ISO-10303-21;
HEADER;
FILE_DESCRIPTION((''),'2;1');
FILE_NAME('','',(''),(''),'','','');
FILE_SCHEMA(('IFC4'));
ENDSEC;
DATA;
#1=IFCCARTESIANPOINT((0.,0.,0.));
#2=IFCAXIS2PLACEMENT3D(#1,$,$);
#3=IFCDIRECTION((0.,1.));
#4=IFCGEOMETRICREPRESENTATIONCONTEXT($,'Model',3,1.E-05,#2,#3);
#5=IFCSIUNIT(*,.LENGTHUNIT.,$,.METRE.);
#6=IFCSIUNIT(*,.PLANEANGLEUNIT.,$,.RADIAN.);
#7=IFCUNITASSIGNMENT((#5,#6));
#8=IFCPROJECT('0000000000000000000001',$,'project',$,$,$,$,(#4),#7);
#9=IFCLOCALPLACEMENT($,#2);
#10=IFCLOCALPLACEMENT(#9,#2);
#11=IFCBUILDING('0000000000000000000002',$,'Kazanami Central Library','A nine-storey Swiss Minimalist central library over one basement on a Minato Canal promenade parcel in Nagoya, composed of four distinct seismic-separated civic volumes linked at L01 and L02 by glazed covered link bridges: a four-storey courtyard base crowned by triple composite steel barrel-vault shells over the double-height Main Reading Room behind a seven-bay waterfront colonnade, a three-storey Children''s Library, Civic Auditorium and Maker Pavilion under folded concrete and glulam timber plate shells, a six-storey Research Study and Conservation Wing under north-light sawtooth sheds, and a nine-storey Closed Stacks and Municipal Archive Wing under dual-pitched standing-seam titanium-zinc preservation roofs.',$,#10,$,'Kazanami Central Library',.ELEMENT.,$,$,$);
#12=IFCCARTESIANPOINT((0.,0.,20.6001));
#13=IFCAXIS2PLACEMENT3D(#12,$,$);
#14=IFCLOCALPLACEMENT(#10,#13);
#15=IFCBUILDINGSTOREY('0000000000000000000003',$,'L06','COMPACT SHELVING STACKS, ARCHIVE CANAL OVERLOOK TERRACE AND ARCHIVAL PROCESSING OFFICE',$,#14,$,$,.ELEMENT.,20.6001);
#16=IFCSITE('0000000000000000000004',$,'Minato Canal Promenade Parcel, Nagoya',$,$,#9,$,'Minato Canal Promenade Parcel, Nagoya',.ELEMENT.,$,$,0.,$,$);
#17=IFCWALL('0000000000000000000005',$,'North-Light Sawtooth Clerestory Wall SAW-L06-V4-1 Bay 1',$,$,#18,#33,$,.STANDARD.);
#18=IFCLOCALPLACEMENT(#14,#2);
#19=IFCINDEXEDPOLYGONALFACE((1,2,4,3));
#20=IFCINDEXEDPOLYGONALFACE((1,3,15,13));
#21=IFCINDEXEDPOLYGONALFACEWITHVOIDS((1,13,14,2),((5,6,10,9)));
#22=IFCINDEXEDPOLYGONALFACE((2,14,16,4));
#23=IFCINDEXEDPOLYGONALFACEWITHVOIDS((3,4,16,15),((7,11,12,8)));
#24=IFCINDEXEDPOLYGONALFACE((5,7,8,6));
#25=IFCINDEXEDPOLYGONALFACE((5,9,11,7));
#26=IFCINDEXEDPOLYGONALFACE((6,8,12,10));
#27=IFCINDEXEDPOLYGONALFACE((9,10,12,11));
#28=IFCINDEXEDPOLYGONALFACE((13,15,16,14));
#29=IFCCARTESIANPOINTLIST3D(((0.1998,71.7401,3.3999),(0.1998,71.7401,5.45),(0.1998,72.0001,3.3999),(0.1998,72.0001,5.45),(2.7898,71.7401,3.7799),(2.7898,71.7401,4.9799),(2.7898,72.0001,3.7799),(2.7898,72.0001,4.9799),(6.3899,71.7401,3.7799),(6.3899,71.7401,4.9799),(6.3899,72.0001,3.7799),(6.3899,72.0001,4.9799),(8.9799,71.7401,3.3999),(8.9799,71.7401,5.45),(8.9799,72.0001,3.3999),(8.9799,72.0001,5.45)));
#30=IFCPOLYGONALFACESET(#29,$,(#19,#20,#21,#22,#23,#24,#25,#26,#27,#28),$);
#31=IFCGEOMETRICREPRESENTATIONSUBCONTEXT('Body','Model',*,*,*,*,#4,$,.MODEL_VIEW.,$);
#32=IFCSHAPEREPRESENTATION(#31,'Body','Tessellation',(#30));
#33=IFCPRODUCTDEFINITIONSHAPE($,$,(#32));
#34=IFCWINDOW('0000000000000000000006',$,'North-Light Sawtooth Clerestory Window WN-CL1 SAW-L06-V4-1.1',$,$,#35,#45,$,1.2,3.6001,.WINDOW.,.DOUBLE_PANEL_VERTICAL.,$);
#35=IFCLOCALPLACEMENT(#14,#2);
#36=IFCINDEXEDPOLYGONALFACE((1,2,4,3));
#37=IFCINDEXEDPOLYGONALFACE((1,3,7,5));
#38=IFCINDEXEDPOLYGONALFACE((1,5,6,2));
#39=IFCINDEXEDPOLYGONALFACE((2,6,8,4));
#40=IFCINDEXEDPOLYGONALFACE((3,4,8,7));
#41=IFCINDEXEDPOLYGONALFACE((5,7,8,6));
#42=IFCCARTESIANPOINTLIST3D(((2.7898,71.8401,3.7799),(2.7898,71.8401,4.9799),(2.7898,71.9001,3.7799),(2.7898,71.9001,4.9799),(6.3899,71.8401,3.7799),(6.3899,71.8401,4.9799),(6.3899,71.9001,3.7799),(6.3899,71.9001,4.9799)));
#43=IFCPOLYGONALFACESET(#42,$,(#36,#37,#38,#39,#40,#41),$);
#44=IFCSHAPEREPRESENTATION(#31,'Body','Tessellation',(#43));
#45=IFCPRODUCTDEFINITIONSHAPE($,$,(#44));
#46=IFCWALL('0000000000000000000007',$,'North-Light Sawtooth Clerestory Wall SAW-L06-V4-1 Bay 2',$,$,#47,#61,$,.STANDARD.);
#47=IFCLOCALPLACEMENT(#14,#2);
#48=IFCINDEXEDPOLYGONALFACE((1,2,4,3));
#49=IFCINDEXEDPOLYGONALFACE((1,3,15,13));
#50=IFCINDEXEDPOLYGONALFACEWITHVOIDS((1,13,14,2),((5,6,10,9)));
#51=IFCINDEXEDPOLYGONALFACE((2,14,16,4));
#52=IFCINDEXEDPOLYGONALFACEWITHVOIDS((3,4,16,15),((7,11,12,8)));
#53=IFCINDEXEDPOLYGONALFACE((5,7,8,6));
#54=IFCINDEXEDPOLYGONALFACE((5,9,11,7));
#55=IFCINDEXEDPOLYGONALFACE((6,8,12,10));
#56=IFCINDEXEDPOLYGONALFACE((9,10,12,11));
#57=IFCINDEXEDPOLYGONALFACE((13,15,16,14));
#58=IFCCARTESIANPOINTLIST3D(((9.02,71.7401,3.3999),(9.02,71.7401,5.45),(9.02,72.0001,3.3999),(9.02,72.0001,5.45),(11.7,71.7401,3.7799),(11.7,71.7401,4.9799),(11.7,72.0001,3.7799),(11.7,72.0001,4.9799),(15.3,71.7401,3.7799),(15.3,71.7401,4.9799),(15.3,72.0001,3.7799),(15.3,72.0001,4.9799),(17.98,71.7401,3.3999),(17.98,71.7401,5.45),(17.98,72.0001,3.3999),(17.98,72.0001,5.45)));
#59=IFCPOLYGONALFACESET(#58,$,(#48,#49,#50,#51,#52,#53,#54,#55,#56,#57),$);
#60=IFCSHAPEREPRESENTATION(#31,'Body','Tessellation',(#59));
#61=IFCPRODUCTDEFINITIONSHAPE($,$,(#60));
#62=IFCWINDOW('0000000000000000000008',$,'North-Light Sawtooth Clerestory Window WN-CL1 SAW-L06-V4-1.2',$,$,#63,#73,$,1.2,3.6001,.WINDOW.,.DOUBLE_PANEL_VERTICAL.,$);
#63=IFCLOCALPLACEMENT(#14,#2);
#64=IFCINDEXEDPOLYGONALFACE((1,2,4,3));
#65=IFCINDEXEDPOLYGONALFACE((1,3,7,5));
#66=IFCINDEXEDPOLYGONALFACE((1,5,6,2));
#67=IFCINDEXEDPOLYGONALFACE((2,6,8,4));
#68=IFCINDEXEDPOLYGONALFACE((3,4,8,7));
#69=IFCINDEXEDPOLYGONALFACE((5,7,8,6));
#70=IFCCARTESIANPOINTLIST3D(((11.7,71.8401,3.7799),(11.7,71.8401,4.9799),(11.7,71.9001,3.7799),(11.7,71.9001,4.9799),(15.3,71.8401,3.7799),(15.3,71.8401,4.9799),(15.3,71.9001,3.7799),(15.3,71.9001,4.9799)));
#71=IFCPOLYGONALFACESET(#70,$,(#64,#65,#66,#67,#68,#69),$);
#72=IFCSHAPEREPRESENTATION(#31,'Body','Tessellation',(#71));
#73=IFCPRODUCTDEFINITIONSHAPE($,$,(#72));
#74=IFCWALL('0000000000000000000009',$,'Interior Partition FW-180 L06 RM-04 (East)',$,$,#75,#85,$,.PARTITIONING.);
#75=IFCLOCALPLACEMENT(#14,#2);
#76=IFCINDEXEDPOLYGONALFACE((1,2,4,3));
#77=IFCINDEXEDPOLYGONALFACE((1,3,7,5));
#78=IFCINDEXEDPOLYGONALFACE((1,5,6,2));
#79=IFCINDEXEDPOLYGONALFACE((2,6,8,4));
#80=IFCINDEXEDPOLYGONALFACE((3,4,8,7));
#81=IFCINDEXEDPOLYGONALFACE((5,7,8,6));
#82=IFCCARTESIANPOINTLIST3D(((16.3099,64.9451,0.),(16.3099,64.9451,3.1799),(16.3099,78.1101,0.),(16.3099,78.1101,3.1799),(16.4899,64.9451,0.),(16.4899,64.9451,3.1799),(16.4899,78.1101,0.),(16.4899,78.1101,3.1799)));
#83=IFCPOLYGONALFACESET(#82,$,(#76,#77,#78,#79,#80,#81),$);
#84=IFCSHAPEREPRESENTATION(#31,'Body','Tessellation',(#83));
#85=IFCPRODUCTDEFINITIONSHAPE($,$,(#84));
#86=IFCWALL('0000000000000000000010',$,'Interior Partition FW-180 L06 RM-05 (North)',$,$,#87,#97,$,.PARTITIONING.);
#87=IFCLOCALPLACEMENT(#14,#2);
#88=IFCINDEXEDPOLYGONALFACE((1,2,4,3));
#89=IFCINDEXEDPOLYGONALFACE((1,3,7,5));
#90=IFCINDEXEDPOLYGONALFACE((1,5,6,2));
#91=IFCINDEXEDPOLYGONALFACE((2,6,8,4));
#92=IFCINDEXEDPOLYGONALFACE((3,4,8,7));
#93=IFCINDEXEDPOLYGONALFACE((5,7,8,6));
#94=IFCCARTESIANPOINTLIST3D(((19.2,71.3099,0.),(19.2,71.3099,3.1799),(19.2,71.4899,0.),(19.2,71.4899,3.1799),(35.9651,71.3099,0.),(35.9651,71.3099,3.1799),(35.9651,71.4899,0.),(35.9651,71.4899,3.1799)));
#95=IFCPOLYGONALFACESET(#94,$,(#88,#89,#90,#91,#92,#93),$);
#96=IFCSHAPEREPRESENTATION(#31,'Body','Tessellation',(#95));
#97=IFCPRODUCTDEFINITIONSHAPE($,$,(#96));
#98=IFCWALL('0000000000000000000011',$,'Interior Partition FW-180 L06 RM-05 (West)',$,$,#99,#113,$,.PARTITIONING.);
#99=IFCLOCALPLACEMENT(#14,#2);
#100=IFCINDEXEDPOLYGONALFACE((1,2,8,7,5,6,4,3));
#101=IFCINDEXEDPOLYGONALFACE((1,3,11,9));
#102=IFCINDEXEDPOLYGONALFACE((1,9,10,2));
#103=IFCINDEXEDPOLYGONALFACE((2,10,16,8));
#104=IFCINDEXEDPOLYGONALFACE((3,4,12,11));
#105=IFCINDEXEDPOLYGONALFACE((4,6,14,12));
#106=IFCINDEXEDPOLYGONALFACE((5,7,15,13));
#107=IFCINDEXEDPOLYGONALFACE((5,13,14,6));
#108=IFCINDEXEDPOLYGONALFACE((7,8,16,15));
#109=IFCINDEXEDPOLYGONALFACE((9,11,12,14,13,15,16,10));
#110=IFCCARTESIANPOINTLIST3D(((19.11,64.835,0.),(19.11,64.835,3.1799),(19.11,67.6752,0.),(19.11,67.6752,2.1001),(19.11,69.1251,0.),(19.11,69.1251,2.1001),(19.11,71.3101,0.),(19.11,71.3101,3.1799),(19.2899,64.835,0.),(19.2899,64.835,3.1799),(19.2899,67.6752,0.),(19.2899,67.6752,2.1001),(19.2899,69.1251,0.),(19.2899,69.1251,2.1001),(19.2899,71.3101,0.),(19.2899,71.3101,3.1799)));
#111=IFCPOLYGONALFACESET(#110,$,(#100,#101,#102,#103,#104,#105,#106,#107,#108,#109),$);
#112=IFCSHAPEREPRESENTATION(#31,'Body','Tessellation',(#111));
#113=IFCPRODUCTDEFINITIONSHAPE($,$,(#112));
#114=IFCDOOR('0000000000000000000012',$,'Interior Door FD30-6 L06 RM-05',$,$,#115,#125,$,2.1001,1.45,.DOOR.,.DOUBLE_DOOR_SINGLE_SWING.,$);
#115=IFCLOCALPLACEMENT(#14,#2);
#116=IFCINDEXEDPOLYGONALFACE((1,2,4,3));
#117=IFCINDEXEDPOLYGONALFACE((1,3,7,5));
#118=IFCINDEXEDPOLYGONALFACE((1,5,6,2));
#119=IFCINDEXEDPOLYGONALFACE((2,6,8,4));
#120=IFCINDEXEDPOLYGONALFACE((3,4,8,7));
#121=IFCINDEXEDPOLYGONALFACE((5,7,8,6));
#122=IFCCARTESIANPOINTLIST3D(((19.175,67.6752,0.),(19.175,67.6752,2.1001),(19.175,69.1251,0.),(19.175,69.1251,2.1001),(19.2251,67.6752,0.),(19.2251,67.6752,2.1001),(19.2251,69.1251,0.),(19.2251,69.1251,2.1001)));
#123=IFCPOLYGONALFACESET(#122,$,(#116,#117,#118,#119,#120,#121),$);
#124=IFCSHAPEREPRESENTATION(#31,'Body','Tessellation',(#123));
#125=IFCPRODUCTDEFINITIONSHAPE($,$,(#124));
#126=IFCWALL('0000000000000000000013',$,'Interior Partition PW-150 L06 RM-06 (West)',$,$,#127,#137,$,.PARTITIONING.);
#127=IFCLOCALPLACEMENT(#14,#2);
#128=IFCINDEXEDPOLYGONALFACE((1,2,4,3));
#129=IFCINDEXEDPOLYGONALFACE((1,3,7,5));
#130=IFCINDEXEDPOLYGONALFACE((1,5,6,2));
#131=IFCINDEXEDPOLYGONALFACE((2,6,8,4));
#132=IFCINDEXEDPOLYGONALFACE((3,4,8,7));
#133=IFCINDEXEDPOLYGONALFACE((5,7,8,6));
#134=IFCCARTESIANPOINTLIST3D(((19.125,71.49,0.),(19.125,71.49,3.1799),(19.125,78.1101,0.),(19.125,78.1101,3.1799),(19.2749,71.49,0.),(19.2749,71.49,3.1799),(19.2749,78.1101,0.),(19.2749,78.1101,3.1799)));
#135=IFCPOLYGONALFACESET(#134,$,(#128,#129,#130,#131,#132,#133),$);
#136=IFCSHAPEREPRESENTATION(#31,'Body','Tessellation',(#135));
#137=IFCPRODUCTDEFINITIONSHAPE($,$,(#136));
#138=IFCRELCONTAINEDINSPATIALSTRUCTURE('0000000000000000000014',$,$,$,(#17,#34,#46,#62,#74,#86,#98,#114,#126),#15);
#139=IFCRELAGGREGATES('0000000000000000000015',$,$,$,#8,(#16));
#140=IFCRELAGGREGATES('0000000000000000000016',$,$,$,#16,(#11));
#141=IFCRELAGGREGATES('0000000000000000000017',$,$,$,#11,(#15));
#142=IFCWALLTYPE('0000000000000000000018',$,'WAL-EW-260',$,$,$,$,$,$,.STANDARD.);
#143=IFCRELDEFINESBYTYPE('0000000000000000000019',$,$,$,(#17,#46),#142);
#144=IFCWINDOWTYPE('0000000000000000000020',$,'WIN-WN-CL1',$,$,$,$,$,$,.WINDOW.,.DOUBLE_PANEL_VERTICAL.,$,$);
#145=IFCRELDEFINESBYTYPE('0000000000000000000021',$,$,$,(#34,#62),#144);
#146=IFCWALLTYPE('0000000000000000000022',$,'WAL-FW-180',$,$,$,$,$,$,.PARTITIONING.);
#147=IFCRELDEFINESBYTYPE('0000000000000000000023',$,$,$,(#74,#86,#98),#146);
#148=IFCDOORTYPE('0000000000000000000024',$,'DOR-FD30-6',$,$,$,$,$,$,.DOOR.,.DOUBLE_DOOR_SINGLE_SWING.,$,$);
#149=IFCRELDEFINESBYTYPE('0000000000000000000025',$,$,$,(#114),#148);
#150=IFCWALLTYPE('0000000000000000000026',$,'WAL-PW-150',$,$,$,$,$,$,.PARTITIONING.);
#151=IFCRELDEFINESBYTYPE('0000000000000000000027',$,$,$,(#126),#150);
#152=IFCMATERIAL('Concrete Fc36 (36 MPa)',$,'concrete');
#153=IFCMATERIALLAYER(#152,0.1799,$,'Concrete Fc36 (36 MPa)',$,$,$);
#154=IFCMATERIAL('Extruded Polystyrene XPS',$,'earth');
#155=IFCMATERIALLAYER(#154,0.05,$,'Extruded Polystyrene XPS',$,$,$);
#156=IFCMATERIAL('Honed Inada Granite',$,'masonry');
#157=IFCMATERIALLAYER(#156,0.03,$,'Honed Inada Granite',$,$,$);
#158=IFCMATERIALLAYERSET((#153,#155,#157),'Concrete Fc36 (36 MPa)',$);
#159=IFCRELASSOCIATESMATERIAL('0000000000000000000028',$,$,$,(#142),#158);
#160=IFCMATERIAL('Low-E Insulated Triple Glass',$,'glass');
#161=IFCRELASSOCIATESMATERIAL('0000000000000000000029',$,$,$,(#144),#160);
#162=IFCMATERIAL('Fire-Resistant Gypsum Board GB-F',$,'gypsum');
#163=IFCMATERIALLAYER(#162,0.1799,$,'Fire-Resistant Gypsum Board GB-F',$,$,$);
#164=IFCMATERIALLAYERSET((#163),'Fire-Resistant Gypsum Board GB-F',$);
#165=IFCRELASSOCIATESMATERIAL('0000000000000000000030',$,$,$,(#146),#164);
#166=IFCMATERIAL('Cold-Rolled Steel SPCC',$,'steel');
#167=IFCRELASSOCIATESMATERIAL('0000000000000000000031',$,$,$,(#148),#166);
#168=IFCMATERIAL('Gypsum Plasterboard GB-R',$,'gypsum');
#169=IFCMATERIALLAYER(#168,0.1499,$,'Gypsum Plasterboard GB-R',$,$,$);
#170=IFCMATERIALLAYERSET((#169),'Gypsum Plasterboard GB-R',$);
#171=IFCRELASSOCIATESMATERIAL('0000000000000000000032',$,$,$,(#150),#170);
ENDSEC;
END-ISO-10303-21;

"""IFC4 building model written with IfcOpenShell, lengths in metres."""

from ifc_helpers import new_model, si_unit, direction, frame, frame_2d, origin, place, context, subcontext, project, spatial, rectangle, extrude, material, layer, layer_set, type_object, element, fill, save


model = new_model("IFC4")

# Units and contexts
model_context = context("Model", 3, precision=1e-05, world=origin(), true_north=direction((0.0, 1.0)))
body_context = subcontext(model_context, "Body", "Model", "MODEL_VIEW")
ifc_project = project(units=[si_unit("LENGTHUNIT", "METRE"), si_unit("PLANEANGLEUNIT", "RADIAN")], contexts=[model_context])

# Site, building, storey
site_placement = place(None, origin())
site = spatial("IfcSite", under=ifc_project, at=site_placement, Name="Minato Canal Promenade Parcel, Nagoya", LongName="Minato Canal Promenade Parcel, Nagoya", CompositionType="ELEMENT", RefElevation=0.0)
building_placement = place(site_placement, origin())
building = spatial("IfcBuilding", under=site, at=building_placement, Name="Kazanami Central Library", Description="A nine-storey Swiss Minimalist central library over one basement on a Minato Canal promenade parcel in Nagoya, composed of four distinct seismic-separated civic volumes linked at L01 and L02 by glazed covered link bridges: a four-storey courtyard base crowned by triple composite steel barrel-vault shells over the double-height Main Reading Room behind a seven-bay waterfront colonnade, a three-storey Children's Library, Civic Auditorium and Maker Pavilion under folded concrete and glulam timber plate shells, a six-storey Research Study and Conservation Wing under north-light sawtooth sheds, and a nine-storey Closed Stacks and Municipal Archive Wing under dual-pitched standing-seam titanium-zinc preservation roofs.", LongName="Kazanami Central Library", CompositionType="ELEMENT")
storey_placement = place(building_placement, frame((0.0, 0.0, 20.6001)))
storey = spatial("IfcBuildingStorey", under=building, at=storey_placement, Name="L06", Description="COMPACT SHELVING STACKS, ARCHIVE CANAL OVERLOOK TERRACE AND ARCHIVAL PROCESSING OFFICE", CompositionType="ELEMENT", Elevation=20.6001)

# Walls, openings, windows
ifc_material_1 = material(Name="Concrete Fc36 (36 MPa)", Category="concrete")
ifc_layer_1 = layer(ifc_material_1, 0.1799, Name="Concrete Fc36 (36 MPa)")
ifc_material_2 = material(Name="Extruded Polystyrene XPS", Category="earth")
ifc_layer_2 = layer(ifc_material_2, 0.05, Name="Extruded Polystyrene XPS")
ifc_material_3 = material(Name="Honed Inada Granite", Category="masonry")
ifc_layer_3 = layer(ifc_material_3, 0.03, Name="Honed Inada Granite")
ifc_layer_set_1 = layer_set([ifc_layer_1, ifc_layer_2, ifc_layer_3], Name="Concrete Fc36 (36 MPa)")
wall_type_1 = type_object("IfcWallType", Name="WAL-EW-260", PredefinedType="STANDARD", material=ifc_layer_set_1)
wall_1_placement = place(storey_placement, frame((8.98, 71.8701, 3.3999), z_axis=(0.0, 0.0, 1.0), x_axis=(-1.0, 0.0, 0.0)))
wall_1 = element("IfcWall", 1, at=wall_1_placement, inside=storey, type_object=wall_type_1, Name="North-Light Sawtooth Clerestory Wall SAW-L06-V4-1 Bay 1", PredefinedType="STANDARD", context=body_context, shape_type="SweptSolid", body=[
    extrude(rectangle(XDim=8.78, YDim=0.26, at=frame_2d((4.3901, 0.0))), origin(), (0.0, 0.0, 1.0), 2.05),
])
opening_1_placement = place(wall_1_placement, frame((2.5901, 0.0, 0.3799)))
opening_1 = element("IfcOpeningElement", 2, at=opening_1_placement, cuts=wall_1, PredefinedType="OPENING", context=body_context, shape_type="SweptSolid", body=[
    extrude(rectangle(XDim=3.6001, YDim=1.2, at=frame_2d((1.8, 0.6001))), frame((0.0, 0.1421, 0.0), z_axis=(0.0, -1.0, 0.0), x_axis=(1.0, 0.0, 0.0)), (0.0, 0.0, 1.0), 0.2839),
])
ifc_material_4 = material(Name="Low-E Insulated Triple Glass", Category="glass")
window_type = type_object("IfcWindowType", Name="WIN-WN-CL1", PartitioningType="DOUBLE_PANEL_VERTICAL", PredefinedType="WINDOW", material=ifc_material_4)
window_1_placement = place(opening_1_placement, origin())
window_1 = element("IfcWindow", 3, at=window_1_placement, inside=storey, type_object=window_type, Name="North-Light Sawtooth Clerestory Window WN-CL1 SAW-L06-V4-1.1", OverallHeight=1.2, OverallWidth=3.6001, PartitioningType="DOUBLE_PANEL_VERTICAL", PredefinedType="WINDOW", context=body_context, shape_type="SweptSolid", body=[
    extrude(rectangle(XDim=3.6001, YDim=1.2, at=frame_2d((1.8, 0.6001))), frame((0.0, 0.03, 0.0), z_axis=(0.0, -1.0, 0.0), x_axis=(1.0, 0.0, 0.0)), (0.0, 0.0, 1.0), 0.0601),
])
fill(opening_1, window_1)
wall_2_placement = place(storey_placement, frame((17.98, 71.8701, 3.3999), z_axis=(0.0, 0.0, 1.0), x_axis=(-1.0, 0.0, 0.0)))
wall_2 = element("IfcWall", 4, at=wall_2_placement, inside=storey, type_object=wall_type_1, Name="North-Light Sawtooth Clerestory Wall SAW-L06-V4-1 Bay 2", PredefinedType="STANDARD", context=body_context, shape_type="SweptSolid", body=[
    extrude(rectangle(XDim=8.96, YDim=0.26, at=frame_2d((4.48, 0.0))), origin(), (0.0, 0.0, 1.0), 2.05),
])
opening_2_placement = place(wall_2_placement, frame((2.6799, 0.0, 0.3799)))
opening_2 = element("IfcOpeningElement", 5, at=opening_2_placement, cuts=wall_2, PredefinedType="OPENING", context=body_context, shape_type="SweptSolid", body=[
    extrude(rectangle(XDim=3.6001, YDim=1.2, at=frame_2d((1.8, 0.6001))), frame((0.0, 0.1421, 0.0), z_axis=(0.0, -1.0, 0.0), x_axis=(1.0, 0.0, 0.0)), (0.0, 0.0, 1.0), 0.2839),
])
window_2_placement = place(opening_2_placement, origin())
window_2 = element("IfcWindow", 6, at=window_2_placement, inside=storey, type_object=window_type, Name="North-Light Sawtooth Clerestory Window WN-CL1 SAW-L06-V4-1.2", OverallHeight=1.2, OverallWidth=3.6001, PartitioningType="DOUBLE_PANEL_VERTICAL", PredefinedType="WINDOW", context=body_context, shape_type="SweptSolid", body=[
    extrude(rectangle(XDim=3.6001, YDim=1.2, at=frame_2d((1.8, 0.6001))), frame((0.0, 0.03, 0.0), z_axis=(0.0, -1.0, 0.0), x_axis=(1.0, 0.0, 0.0)), (0.0, 0.0, 1.0), 0.0601),
])
fill(opening_2, window_2)

# Walls
ifc_material_5 = material(Name="Fire-Resistant Gypsum Board GB-F", Category="gypsum")
ifc_layer_4 = layer(ifc_material_5, 0.1799, Name="Fire-Resistant Gypsum Board GB-F")
ifc_layer_set_2 = layer_set([ifc_layer_4], Name="Fire-Resistant Gypsum Board GB-F")
wall_type_2 = type_object("IfcWallType", Name="WAL-FW-180", PredefinedType="PARTITIONING", material=ifc_layer_set_2)
wall_3_placement = place(storey_placement, frame((16.3999, 64.9451, 0.0), z_axis=(0.0, 0.0, 1.0), x_axis=(0.0, 1.0, 0.0)))
element("IfcWall", 7, at=wall_3_placement, inside=storey, type_object=wall_type_2, Name="Interior Partition FW-180 L06 RM-04 (East)", PredefinedType="PARTITIONING", context=body_context, shape_type="SweptSolid", body=[
    extrude(rectangle(XDim=13.165, YDim=0.1799, at=frame_2d((6.5825, 0.0))), origin(), (0.0, 0.0, 1.0), 3.1799),
])
wall_4_placement = place(storey_placement, frame((19.2, 71.3999, 0.0), z_axis=(0.0, 0.0, 1.0), x_axis=(1.0, 0.0, 0.0)))
element("IfcWall", 8, at=wall_4_placement, inside=storey, type_object=wall_type_2, Name="Interior Partition FW-180 L06 RM-05 (North)", PredefinedType="PARTITIONING", context=body_context, shape_type="SweptSolid", body=[
    extrude(rectangle(XDim=16.7651, YDim=0.1799, at=frame_2d((8.3826, 0.0))), origin(), (0.0, 0.0, 1.0), 3.1799),
])

# Wall, opening, door
wall_5_placement = place(storey_placement, frame((19.2, 64.835, 0.0), z_axis=(0.0, 0.0, 1.0), x_axis=(0.0, 1.0, 0.0)))
wall_5 = element("IfcWall", 9, at=wall_5_placement, inside=storey, type_object=wall_type_2, Name="Interior Partition FW-180 L06 RM-05 (West)", PredefinedType="PARTITIONING", context=body_context, shape_type="SweptSolid", body=[
    extrude(rectangle(XDim=6.4751, YDim=0.1799, at=frame_2d((3.2375, 0.0))), origin(), (0.0, 0.0, 1.0), 3.1799),
])
opening_3_placement = place(wall_5_placement, frame((2.8401, 0.0, 0.0)))
opening_3 = element("IfcOpeningElement", 10, at=opening_3_placement, cuts=wall_5, PredefinedType="OPENING", context=body_context, shape_type="SweptSolid", body=[
    extrude(rectangle(XDim=1.45, YDim=2.1001, at=frame_2d((0.7251, 1.05))), frame((0.0, 0.1021, 0.0), z_axis=(0.0, -1.0, 0.0), x_axis=(1.0, 0.0, 0.0)), (0.0, 0.0, 1.0), 0.2039),
])
ifc_material_6 = material(Name="Cold-Rolled Steel SPCC", Category="steel")
door_type = type_object("IfcDoorType", Name="DOR-FD30-6", OperationType="DOUBLE_DOOR_SINGLE_SWING", PredefinedType="DOOR", material=ifc_material_6)
door_placement = place(opening_3_placement, origin())
door = element("IfcDoor", 11, at=door_placement, inside=storey, type_object=door_type, Name="Interior Door FD30-6 L06 RM-05", OperationType="DOUBLE_DOOR_SINGLE_SWING", OverallHeight=2.1001, OverallWidth=1.45, PredefinedType="DOOR", context=body_context, shape_type="SweptSolid", body=[
    extrude(rectangle(XDim=1.45, YDim=2.1001, at=frame_2d((0.7251, 1.05))), frame((0.0, 0.0249, 0.0), z_axis=(0.0, -1.0, 0.0), x_axis=(1.0, 0.0, 0.0)), (0.0, 0.0, 1.0), 0.05),
])
fill(opening_3, door)

# Wall
ifc_material_7 = material(Name="Gypsum Plasterboard GB-R", Category="gypsum")
ifc_layer_5 = layer(ifc_material_7, 0.1499, Name="Gypsum Plasterboard GB-R")
ifc_layer_set_3 = layer_set([ifc_layer_5], Name="Gypsum Plasterboard GB-R")
wall_type_3 = type_object("IfcWallType", Name="WAL-PW-150", PredefinedType="PARTITIONING", material=ifc_layer_set_3)
wall_6_placement = place(storey_placement, frame((19.2, 71.49, 0.0), z_axis=(0.0, 0.0, 1.0), x_axis=(0.0, 1.0, 0.0)))
element("IfcWall", 12, at=wall_6_placement, inside=storey, type_object=wall_type_3, Name="Interior Partition PW-150 L06 RM-06 (West)", PredefinedType="PARTITIONING", context=body_context, shape_type="SweptSolid", body=[
    extrude(rectangle(XDim=6.6201, YDim=0.1499, at=frame_2d((3.3101, 0.0))), origin(), (0.0, 0.0, 1.0), 3.1799),
])

save(model, "model.ifc")
